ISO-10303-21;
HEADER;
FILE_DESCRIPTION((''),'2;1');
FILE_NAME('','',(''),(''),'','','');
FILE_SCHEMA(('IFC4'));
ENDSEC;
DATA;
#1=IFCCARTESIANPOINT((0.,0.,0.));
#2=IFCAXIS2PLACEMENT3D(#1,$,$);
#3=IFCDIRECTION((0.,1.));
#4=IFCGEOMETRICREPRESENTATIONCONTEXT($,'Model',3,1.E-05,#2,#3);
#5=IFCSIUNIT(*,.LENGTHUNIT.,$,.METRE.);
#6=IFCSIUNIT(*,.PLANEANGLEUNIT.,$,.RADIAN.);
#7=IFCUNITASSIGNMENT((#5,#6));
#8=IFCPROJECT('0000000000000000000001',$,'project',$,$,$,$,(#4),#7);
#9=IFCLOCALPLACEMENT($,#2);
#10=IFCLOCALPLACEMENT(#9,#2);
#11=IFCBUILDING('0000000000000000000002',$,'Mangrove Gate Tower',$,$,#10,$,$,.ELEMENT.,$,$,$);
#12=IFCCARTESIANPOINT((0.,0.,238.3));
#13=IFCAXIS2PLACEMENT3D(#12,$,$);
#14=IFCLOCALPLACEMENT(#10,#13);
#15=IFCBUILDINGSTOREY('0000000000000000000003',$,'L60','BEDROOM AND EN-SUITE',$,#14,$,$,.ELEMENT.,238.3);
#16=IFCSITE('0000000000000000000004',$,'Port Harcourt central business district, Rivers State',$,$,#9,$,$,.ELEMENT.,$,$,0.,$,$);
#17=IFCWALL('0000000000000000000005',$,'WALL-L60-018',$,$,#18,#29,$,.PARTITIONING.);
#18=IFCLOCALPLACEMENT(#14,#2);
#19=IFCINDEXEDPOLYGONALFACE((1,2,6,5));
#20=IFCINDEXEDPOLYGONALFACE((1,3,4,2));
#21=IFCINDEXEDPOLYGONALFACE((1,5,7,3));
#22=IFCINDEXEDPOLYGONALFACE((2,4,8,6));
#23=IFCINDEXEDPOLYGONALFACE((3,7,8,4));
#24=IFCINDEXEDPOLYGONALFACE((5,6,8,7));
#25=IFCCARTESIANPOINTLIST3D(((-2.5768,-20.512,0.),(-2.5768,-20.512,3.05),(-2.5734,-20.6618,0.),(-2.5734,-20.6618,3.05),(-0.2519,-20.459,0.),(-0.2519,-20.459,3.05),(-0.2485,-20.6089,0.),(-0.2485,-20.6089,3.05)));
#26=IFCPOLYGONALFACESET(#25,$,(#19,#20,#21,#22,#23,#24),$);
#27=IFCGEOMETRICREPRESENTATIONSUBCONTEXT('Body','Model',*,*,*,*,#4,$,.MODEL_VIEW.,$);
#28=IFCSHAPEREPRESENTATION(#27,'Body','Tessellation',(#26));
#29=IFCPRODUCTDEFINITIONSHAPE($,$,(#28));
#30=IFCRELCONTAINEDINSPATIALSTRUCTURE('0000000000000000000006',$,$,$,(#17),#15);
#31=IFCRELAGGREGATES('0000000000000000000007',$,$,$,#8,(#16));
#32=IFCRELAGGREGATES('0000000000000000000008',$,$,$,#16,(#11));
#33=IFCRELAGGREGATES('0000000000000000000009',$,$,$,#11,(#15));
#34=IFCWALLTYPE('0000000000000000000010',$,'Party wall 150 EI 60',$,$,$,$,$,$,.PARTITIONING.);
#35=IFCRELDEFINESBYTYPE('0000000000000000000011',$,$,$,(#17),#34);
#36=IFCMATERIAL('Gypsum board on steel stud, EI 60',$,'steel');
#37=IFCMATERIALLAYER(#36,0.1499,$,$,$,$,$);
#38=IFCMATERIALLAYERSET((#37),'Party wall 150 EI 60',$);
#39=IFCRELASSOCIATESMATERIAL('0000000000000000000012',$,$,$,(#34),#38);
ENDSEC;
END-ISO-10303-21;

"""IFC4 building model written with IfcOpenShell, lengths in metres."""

from ifc_helpers import new_model, si_unit, direction, frame, frame_2d, origin, place, context, subcontext, project, spatial, rectangle, extrude, material, layer, layer_set, type_object, element, save


model = new_model("IFC4")

# Units and contexts
model_context = context("Model", 3, precision=1e-05, world=origin(), true_north=direction((0.0, 1.0)))
body_context = subcontext(model_context, "Body", "Model", "MODEL_VIEW")
ifc_project = project(units=[si_unit("LENGTHUNIT", "METRE"), si_unit("PLANEANGLEUNIT", "RADIAN")], contexts=[model_context])

# Site, building, storey
site_placement = place(None, origin())
site = spatial("IfcSite", under=ifc_project, at=site_placement, Name="Port Harcourt central business district, Rivers State", CompositionType="ELEMENT", RefElevation=0.0)
building_placement = place(site_placement, origin())
building = spatial("IfcBuilding", under=site, at=building_placement, Name="Mangrove Gate Tower", CompositionType="ELEMENT")
storey_placement = place(building_placement, frame((0.0, 0.0, 238.3)))
storey = spatial("IfcBuildingStorey", under=building, at=storey_placement, Name="L60", Description="BEDROOM AND EN-SUITE", CompositionType="ELEMENT", Elevation=238.3)

# Wall
ifc_material_1 = material(Name="Gypsum board on steel stud, EI 60", Category="steel")
ifc_layer_1 = layer(ifc_material_1, 0.1499)
ifc_layer_set_1 = layer_set([ifc_layer_1], Name="Party wall 150 EI 60")
wall_type_1 = type_object("IfcWallType", Name="Party wall 150 EI 60", PredefinedType="PARTITIONING", material=ifc_layer_set_1)
wall_1_placement = place(storey_placement, frame((-2.575, -20.5869, 0.0), z_axis=(0.0, 0.0, 1.0), x_axis=(0.99974, 0.022781, 0.0)))
element("IfcWall", 1, at=wall_1_placement, inside=storey, type_object=wall_type_1, Name="WALL-L60-018", PredefinedType="PARTITIONING", context=body_context, shape_type="SweptSolid", body=[
    extrude(rectangle(XDim=2.3254, YDim=0.1499, at=frame_2d((1.1626, 0.0))), origin(), (0.0, 0.0, 1.0), 3.05),
])

save(model, "model.ifc")
